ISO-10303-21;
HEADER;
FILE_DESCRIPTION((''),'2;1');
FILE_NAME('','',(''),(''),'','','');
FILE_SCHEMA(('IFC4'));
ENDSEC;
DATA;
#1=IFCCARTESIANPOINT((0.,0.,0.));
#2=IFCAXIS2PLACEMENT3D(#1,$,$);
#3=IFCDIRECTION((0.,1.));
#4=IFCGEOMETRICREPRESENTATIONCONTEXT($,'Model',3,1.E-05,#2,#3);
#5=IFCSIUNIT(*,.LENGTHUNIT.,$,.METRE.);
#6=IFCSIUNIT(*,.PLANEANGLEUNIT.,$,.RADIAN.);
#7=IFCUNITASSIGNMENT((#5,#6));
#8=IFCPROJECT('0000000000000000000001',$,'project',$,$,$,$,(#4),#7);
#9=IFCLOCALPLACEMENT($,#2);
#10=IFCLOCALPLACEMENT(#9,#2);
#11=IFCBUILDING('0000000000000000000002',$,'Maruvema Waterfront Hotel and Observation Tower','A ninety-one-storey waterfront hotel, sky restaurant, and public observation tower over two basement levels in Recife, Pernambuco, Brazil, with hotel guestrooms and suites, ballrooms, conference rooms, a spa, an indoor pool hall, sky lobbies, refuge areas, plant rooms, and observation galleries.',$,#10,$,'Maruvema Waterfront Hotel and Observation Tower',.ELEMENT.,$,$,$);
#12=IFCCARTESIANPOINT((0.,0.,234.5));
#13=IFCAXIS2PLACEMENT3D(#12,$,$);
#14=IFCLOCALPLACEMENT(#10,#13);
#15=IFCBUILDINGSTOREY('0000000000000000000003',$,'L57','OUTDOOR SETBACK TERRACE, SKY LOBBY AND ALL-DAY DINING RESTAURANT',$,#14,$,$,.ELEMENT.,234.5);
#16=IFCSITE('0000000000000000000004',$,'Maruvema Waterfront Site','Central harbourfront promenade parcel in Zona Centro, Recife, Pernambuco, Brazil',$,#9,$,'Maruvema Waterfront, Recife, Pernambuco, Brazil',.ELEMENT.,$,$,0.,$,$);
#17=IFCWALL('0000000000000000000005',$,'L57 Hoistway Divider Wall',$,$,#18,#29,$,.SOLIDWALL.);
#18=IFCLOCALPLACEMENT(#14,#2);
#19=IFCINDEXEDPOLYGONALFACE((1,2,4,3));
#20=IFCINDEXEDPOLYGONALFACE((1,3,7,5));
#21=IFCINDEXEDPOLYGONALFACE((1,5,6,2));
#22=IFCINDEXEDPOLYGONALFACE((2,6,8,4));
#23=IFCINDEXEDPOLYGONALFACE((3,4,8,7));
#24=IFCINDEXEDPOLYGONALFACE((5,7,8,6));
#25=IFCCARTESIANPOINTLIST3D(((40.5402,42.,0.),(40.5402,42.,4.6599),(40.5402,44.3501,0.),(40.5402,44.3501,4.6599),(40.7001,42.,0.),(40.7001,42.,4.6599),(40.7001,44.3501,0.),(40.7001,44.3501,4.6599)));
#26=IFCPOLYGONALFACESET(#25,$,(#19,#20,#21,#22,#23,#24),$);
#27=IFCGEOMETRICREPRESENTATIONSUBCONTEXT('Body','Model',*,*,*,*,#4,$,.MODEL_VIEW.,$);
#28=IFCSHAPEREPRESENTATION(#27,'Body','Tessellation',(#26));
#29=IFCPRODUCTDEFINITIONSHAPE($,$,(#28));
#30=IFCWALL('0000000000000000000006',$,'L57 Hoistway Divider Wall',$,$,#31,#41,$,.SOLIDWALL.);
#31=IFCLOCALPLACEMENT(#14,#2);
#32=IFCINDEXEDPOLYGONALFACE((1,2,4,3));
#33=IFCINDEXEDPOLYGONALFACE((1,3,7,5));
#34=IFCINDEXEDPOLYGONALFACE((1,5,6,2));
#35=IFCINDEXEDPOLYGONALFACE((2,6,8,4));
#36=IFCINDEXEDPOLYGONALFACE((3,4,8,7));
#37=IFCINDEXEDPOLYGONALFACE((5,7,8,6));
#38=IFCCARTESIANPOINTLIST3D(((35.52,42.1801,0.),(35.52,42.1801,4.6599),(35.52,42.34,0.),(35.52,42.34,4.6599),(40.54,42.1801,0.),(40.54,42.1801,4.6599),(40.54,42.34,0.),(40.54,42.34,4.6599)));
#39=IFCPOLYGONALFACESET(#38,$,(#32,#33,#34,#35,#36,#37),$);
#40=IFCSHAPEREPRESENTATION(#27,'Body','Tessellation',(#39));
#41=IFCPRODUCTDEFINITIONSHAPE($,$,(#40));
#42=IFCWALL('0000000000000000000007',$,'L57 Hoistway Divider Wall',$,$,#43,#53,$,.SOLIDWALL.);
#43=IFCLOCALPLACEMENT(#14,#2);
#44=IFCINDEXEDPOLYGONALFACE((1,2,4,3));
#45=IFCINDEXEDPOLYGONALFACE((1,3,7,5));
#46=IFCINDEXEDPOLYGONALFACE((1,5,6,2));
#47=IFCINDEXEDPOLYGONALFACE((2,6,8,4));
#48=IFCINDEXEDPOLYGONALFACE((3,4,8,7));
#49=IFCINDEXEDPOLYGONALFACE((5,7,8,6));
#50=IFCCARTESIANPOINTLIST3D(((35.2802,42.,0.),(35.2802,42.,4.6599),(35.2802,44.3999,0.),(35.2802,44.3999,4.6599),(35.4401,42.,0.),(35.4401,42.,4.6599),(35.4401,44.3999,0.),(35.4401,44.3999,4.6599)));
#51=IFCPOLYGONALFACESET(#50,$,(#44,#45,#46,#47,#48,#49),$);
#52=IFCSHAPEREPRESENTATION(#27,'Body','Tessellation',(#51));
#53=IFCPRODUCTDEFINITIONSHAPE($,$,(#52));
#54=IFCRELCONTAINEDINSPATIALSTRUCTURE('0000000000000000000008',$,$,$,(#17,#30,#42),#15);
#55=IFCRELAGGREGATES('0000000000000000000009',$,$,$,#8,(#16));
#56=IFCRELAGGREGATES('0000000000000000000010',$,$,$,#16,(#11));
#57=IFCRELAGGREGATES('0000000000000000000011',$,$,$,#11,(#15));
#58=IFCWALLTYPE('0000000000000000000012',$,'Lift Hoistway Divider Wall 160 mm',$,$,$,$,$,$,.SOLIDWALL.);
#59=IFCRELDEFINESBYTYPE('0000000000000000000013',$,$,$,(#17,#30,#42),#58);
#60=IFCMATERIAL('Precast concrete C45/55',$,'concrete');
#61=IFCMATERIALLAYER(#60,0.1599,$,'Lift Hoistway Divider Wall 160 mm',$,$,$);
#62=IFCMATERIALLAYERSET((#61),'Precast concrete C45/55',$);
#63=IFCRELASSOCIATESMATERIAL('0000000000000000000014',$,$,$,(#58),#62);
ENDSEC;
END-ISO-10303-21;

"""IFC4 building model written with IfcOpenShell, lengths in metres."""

from ifc_helpers import new_model, si_unit, direction, frame, frame_2d, origin, place, context, subcontext, project, spatial, rectangle, extrude, material, layer, layer_set, type_object, element, save


model = new_model("IFC4")

# Units and contexts
model_context = context("Model", 3, precision=1e-05, world=origin(), true_north=direction((0.0, 1.0)))
body_context = subcontext(model_context, "Body", "Model", "MODEL_VIEW")
ifc_project = project(units=[si_unit("LENGTHUNIT", "METRE"), si_unit("PLANEANGLEUNIT", "RADIAN")], contexts=[model_context])

# Site, building, storey
site_placement = place(None, origin())
site = spatial("IfcSite", under=ifc_project, at=site_placement, Name="Maruvema Waterfront Site", Description="Central harbourfront promenade parcel in Zona Centro, Recife, Pernambuco, Brazil", LongName="Maruvema Waterfront, Recife, Pernambuco, Brazil", CompositionType="ELEMENT", RefElevation=0.0)
building_placement = place(site_placement, origin())
building = spatial("IfcBuilding", under=site, at=building_placement, Name="Maruvema Waterfront Hotel and Observation Tower", Description="A ninety-one-storey waterfront hotel, sky restaurant, and public observation tower over two basement levels in Recife, Pernambuco, Brazil, with hotel guestrooms and suites, ballrooms, conference rooms, a spa, an indoor pool hall, sky lobbies, refuge areas, plant rooms, and observation galleries.", LongName="Maruvema Waterfront Hotel and Observation Tower", CompositionType="ELEMENT")
storey_placement = place(building_placement, frame((0.0, 0.0, 234.5)))
storey = spatial("IfcBuildingStorey", under=building, at=storey_placement, Name="L57", Description="OUTDOOR SETBACK TERRACE, SKY LOBBY AND ALL-DAY DINING RESTAURANT", CompositionType="ELEMENT", Elevation=234.5)

# Walls
ifc_material_1 = material(Name="Precast concrete C45/55", Category="concrete")
ifc_layer_1 = layer(ifc_material_1, 0.1599, Name="Lift Hoistway Divider Wall 160 mm")
ifc_layer_set_1 = layer_set([ifc_layer_1], Name="Precast concrete C45/55")
wall_type_1 = type_object("IfcWallType", Name="Lift Hoistway Divider Wall 160 mm", PredefinedType="SOLIDWALL", material=ifc_layer_set_1)
for number, where, z_axis, x_axis, name in (
    (1, (40.6201, 42.0, 0.0), (0.0, 0.0, 1.0), (0.0, 1.0, 0.0), "L57 Hoistway Divider Wall"),
):
    element("IfcWall", number, at=place(storey_placement, frame(where, z_axis=z_axis, x_axis=x_axis)), inside=storey, type_object=wall_type_1, Name=name, PredefinedType="SOLIDWALL", context=body_context, shape_type="SweptSolid", body=[
        extrude(rectangle(XDim=2.3501, YDim=0.1599, at=frame_2d((1.175, 0.0))), origin(), (0.0, 0.0, 1.0), 4.6599),
    ])
wall_1_placement = place(storey_placement, frame((35.52, 42.26, 0.0), z_axis=(0.0, 0.0, 1.0), x_axis=(1.0, 0.0, 0.0)))
element("IfcWall", 2, at=wall_1_placement, inside=storey, type_object=wall_type_1, Name="L57 Hoistway Divider Wall", PredefinedType="SOLIDWALL", context=body_context, shape_type="SweptSolid", body=[
    extrude(rectangle(XDim=5.02, YDim=0.1599, at=frame_2d((2.51, 0.0))), origin(), (0.0, 0.0, 1.0), 4.6599),
])
wall_2_placement = place(storey_placement, frame((35.3601, 42.0, 0.0), z_axis=(0.0, 0.0, 1.0), x_axis=(0.0, 1.0, 0.0)))
element("IfcWall", 3, at=wall_2_placement, inside=storey, type_object=wall_type_1, Name="L57 Hoistway Divider Wall", PredefinedType="SOLIDWALL", context=body_context, shape_type="SweptSolid", body=[
    extrude(rectangle(XDim=2.3999, YDim=0.1599, at=frame_2d((1.2, 0.0))), origin(), (0.0, 0.0, 1.0), 4.6599),
])

save(model, "model.ifc")
